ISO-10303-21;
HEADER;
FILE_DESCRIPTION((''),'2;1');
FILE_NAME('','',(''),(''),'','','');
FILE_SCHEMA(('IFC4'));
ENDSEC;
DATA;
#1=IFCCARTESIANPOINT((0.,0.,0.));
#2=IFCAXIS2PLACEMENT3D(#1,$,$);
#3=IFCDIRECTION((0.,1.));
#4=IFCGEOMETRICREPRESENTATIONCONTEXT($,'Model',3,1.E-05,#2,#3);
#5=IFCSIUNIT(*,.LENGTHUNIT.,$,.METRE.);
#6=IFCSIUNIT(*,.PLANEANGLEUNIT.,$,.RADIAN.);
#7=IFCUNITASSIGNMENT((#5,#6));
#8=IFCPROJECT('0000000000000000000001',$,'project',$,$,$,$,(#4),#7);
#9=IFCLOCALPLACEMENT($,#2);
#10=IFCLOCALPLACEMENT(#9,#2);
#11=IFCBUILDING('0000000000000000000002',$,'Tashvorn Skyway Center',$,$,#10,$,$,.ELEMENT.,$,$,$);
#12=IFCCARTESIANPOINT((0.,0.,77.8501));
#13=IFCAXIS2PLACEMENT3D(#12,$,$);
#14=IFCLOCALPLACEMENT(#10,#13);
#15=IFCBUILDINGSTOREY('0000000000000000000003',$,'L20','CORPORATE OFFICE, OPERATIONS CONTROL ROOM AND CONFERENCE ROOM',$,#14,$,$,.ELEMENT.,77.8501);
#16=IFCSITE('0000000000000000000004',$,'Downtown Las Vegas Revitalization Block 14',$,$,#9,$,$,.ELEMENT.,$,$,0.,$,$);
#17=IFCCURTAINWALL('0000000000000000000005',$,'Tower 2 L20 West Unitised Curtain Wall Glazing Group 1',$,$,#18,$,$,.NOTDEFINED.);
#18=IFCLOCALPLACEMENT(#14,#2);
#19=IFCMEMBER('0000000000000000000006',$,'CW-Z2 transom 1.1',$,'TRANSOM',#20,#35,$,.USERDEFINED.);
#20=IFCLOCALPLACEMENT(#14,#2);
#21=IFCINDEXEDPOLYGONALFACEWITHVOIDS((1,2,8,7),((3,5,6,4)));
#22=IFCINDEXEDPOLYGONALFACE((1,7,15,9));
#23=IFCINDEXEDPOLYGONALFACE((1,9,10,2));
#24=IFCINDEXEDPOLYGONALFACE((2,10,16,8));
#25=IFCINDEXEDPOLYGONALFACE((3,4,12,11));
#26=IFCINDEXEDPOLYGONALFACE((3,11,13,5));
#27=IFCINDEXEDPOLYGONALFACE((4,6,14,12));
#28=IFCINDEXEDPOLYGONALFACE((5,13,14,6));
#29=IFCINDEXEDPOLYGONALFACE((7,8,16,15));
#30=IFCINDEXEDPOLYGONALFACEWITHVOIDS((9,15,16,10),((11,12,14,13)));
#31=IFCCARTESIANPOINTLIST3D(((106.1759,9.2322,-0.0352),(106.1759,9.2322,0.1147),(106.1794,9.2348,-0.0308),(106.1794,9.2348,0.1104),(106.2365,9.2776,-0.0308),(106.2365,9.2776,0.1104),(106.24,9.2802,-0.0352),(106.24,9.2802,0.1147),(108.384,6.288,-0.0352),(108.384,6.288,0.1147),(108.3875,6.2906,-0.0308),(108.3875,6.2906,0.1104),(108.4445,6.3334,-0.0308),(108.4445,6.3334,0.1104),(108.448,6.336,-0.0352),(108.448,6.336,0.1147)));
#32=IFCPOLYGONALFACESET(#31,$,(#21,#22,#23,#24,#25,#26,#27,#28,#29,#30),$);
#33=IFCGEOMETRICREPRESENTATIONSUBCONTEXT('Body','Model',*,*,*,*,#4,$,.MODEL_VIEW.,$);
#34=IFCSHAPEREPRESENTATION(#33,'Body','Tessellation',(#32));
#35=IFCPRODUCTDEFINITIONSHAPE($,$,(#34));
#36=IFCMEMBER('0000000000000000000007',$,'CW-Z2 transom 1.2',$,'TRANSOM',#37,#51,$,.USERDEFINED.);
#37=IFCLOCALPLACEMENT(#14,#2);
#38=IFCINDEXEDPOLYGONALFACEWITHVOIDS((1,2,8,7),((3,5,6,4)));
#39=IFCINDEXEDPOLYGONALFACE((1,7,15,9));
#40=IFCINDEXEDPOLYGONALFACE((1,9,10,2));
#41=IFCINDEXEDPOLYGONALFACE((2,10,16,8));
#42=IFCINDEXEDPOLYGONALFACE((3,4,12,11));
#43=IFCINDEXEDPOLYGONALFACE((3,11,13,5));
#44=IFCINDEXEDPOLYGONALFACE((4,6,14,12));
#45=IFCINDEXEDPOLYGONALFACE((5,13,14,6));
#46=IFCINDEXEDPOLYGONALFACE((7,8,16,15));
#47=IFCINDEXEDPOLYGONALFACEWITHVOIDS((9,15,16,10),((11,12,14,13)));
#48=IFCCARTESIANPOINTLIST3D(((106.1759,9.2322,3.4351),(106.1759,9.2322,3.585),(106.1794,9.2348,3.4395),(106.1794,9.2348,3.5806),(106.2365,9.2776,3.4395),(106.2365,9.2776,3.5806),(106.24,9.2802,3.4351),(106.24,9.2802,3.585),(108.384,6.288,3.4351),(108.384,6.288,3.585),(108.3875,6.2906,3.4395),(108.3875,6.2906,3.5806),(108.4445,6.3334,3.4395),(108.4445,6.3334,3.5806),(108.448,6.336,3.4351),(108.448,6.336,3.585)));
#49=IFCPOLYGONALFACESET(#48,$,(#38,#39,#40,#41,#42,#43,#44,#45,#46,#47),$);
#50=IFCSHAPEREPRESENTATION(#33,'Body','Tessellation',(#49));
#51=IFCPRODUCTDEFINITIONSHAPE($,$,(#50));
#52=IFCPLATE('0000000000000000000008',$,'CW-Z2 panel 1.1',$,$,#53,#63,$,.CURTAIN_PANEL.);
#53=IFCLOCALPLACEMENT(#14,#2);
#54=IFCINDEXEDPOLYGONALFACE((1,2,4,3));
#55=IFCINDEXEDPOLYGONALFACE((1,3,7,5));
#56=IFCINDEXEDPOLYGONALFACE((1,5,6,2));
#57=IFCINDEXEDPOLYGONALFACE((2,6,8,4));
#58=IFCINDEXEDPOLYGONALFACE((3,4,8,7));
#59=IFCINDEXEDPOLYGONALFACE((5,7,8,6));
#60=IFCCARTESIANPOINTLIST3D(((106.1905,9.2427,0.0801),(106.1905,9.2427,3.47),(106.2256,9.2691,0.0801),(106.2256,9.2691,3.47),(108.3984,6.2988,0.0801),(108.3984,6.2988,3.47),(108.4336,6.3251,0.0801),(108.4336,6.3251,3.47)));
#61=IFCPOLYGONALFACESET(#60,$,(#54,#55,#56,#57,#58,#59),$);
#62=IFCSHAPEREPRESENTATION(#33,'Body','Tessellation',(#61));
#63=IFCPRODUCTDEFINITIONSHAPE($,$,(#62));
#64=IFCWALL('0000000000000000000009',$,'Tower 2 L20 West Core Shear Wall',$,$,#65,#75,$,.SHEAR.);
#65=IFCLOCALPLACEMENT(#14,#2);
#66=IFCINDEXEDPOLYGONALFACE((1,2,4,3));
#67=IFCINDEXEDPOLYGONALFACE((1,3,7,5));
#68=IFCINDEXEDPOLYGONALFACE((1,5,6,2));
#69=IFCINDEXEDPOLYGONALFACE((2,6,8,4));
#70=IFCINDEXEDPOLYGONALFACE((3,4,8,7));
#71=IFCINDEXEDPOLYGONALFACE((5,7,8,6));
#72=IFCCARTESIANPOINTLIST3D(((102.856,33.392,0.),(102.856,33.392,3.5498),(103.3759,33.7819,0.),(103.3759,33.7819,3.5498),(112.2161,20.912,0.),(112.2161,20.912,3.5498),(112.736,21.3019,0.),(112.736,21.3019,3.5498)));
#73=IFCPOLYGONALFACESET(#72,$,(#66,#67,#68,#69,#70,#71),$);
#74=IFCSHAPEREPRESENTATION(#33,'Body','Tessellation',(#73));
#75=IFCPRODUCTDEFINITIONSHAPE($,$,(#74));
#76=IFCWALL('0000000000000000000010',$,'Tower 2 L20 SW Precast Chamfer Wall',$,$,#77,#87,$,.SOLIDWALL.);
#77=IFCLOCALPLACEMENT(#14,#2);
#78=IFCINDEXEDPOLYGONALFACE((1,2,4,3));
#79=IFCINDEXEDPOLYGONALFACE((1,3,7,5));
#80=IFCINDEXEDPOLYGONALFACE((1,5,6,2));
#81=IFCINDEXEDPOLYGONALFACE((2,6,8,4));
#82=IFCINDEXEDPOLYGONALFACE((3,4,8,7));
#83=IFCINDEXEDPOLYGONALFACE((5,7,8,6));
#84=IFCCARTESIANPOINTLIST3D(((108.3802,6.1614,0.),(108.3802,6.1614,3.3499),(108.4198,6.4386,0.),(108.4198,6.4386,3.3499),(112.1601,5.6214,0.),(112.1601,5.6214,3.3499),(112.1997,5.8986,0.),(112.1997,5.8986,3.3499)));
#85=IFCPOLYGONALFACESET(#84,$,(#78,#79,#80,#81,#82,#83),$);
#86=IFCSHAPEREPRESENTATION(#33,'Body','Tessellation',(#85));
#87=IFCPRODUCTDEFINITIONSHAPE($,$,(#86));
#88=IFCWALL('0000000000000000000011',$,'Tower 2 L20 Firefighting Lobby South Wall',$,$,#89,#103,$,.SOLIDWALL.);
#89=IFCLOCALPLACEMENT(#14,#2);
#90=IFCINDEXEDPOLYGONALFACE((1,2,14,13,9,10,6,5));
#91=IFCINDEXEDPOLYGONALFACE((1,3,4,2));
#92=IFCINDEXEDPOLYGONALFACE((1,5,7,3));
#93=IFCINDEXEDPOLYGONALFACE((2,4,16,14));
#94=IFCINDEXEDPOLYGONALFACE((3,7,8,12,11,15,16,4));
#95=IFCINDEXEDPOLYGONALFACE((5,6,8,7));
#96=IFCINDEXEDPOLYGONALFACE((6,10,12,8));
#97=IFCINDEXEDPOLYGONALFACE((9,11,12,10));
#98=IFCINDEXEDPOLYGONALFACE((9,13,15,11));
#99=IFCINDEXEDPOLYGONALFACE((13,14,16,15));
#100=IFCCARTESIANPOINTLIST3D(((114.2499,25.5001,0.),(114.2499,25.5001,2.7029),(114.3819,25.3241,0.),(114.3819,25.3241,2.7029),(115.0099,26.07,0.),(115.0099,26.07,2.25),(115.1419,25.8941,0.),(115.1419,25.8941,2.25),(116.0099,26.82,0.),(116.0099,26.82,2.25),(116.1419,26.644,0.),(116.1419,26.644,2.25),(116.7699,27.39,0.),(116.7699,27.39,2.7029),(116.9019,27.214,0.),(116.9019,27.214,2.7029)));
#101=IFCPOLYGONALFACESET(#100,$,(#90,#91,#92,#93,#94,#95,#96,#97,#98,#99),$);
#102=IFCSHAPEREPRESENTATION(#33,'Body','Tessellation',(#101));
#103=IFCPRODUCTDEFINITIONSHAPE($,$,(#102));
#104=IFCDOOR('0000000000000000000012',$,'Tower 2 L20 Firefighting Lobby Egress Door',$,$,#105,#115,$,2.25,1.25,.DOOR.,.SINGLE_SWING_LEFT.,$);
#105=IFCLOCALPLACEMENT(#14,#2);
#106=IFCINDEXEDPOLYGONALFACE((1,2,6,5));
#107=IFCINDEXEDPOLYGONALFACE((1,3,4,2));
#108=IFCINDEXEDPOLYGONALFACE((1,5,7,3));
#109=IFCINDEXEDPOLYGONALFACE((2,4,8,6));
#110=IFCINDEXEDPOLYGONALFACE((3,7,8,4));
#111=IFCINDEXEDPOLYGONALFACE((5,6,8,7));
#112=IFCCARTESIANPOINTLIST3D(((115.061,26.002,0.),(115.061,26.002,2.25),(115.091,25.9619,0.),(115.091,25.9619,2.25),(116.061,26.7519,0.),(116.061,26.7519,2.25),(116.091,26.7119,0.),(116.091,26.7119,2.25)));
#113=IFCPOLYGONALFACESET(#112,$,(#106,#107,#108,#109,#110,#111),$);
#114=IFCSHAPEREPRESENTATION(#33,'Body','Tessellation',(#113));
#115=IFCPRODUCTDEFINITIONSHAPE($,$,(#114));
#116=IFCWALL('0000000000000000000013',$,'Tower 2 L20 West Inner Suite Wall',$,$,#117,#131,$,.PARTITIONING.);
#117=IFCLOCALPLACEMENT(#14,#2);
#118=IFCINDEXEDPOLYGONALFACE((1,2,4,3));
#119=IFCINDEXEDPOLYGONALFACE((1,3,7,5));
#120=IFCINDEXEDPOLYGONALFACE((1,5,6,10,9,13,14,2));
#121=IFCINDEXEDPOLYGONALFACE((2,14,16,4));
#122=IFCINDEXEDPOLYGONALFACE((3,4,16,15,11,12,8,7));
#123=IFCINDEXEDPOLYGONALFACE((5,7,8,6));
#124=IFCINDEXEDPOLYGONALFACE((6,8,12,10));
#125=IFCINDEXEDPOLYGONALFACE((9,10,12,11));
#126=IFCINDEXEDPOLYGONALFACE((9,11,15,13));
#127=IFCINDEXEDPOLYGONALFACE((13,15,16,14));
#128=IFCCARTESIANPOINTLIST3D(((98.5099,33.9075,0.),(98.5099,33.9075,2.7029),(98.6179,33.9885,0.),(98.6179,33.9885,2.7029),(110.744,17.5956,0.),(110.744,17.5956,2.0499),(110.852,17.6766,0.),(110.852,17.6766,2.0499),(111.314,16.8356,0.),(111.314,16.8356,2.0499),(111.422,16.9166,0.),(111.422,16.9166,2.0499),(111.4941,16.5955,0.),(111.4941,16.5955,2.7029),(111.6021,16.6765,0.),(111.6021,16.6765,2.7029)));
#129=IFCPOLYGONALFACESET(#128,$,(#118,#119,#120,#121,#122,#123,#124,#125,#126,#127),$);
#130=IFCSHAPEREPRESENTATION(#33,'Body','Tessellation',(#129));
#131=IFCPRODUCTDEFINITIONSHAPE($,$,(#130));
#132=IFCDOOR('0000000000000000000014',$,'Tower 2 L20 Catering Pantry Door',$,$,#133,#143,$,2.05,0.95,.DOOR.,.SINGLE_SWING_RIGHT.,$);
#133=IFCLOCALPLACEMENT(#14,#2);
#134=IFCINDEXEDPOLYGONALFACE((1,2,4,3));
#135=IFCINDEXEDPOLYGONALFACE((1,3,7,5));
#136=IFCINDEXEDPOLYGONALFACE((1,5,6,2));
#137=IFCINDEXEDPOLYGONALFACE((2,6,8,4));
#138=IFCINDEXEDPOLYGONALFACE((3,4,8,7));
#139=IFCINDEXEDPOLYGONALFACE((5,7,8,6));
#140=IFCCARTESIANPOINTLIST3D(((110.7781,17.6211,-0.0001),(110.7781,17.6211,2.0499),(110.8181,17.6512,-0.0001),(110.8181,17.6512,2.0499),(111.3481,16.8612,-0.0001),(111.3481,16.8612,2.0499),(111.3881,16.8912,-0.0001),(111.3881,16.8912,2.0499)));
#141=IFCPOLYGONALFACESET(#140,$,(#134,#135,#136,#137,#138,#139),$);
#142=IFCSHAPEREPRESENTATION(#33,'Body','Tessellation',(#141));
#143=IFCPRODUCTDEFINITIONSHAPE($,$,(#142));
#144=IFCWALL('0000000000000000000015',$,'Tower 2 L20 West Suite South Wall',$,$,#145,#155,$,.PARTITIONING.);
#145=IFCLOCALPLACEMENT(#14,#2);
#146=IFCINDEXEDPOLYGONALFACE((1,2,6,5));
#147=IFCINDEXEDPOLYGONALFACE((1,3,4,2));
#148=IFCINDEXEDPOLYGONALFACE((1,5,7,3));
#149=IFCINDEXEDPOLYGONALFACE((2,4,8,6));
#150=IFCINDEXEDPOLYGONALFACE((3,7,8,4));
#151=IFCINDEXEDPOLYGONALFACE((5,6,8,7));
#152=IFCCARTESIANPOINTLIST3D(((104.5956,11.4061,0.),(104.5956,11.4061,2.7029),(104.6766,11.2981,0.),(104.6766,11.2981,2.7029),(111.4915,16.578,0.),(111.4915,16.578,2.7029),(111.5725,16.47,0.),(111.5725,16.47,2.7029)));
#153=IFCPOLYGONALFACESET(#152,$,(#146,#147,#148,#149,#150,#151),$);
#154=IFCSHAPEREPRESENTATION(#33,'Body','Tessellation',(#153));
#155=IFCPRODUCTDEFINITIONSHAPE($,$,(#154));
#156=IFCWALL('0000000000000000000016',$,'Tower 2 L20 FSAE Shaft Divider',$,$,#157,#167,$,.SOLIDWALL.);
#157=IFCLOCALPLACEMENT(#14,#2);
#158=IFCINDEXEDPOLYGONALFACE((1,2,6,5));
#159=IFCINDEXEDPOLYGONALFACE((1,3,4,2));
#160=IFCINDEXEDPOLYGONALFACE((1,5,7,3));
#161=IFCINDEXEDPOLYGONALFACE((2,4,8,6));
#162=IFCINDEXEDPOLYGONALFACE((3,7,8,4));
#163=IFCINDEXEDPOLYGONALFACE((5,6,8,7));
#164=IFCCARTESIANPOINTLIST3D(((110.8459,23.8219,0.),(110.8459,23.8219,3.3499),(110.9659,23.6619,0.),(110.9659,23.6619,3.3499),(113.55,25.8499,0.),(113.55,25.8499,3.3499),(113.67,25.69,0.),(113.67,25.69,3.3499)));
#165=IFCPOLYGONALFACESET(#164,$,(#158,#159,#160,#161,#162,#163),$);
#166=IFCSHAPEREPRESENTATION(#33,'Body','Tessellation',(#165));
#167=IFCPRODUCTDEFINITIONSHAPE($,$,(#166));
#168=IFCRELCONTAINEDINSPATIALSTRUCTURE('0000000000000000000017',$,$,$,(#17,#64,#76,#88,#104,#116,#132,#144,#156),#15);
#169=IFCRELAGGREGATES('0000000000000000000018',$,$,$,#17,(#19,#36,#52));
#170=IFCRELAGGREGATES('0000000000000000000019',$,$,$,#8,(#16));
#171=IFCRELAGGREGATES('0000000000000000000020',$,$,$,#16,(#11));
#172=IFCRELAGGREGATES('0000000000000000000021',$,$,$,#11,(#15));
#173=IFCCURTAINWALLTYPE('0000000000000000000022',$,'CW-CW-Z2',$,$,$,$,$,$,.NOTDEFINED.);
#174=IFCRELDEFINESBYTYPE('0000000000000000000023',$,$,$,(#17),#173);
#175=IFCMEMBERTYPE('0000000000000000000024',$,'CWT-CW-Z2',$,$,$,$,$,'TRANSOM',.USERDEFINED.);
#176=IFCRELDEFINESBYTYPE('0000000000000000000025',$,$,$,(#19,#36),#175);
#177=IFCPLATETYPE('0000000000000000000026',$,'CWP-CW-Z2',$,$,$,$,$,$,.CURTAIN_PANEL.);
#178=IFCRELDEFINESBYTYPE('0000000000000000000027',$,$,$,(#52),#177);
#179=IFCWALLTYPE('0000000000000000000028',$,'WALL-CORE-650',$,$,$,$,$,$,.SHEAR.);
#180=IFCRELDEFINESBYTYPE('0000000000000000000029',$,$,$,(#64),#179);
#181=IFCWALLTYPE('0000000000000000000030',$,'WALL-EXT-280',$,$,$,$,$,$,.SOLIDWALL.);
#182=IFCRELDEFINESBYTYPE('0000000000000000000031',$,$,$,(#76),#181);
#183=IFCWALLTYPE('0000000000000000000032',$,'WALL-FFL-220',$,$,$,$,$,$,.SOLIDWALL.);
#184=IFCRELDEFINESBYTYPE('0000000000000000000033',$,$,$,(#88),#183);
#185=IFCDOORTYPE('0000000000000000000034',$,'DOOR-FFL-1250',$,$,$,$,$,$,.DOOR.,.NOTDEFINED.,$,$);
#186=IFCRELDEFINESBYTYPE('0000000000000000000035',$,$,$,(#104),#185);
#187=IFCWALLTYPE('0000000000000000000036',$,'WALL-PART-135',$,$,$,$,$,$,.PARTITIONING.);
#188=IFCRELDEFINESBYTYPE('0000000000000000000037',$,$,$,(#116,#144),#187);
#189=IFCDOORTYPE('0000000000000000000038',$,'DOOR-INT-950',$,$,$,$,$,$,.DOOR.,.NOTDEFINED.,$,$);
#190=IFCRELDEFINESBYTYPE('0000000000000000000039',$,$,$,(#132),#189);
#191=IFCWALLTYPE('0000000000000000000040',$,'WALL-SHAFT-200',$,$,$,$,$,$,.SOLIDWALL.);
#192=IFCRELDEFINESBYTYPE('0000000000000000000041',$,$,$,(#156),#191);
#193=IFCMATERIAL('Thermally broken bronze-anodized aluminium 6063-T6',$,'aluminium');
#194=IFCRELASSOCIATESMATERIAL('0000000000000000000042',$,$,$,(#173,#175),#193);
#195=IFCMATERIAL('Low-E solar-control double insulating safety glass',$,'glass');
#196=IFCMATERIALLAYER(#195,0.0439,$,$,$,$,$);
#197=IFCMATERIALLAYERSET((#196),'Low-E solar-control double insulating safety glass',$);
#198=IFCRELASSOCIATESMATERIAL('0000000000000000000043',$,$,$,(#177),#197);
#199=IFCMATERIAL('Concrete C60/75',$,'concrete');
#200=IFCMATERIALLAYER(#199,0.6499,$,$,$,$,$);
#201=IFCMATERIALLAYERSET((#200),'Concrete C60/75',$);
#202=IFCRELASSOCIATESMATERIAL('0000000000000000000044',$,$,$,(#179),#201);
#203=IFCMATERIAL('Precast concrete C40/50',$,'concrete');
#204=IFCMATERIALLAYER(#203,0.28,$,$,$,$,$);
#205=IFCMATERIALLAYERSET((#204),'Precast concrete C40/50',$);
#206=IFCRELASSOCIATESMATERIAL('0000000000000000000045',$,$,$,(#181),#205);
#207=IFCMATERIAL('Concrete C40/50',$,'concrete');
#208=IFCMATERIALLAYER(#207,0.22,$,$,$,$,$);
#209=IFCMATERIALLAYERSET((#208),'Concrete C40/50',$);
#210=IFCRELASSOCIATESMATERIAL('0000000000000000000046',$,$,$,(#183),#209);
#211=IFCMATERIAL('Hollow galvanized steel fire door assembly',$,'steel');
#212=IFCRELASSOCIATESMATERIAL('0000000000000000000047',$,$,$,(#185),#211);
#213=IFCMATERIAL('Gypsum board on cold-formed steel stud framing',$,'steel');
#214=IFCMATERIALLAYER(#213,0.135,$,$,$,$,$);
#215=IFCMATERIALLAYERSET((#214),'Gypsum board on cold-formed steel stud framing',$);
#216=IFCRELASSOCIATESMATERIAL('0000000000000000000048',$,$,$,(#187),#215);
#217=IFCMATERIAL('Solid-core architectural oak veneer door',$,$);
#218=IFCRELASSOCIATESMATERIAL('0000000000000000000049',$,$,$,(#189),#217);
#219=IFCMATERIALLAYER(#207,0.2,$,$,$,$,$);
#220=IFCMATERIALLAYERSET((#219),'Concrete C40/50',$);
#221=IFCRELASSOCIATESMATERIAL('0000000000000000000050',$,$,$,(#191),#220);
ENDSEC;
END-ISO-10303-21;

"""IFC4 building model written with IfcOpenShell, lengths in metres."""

from ifc_helpers import new_model, si_unit, direction, frame, frame_2d, origin, origin_2d, place, context, subcontext, project, spatial, rectangle, hollow_rectangle, extrude, material, layer, layer_set, material_profile, profile_set, type_object, element, fill, aggregate, save


model = new_model("IFC4")

# Units and contexts
model_context = context("Model", 3, precision=1e-05, world=origin(), true_north=direction((0.0, 1.0)))
body_context = subcontext(model_context, "Body", "Model", "MODEL_VIEW")
ifc_project = project(units=[si_unit("LENGTHUNIT", "METRE"), si_unit("PLANEANGLEUNIT", "RADIAN")], contexts=[model_context])

# Site, building, storey
site_placement = place(None, origin())
site = spatial("IfcSite", under=ifc_project, at=site_placement, Name="Downtown Las Vegas Revitalization Block 14", CompositionType="ELEMENT", RefElevation=0.0)
building_placement = place(site_placement, origin())
building = spatial("IfcBuilding", under=site, at=building_placement, Name="Tashvorn Skyway Center", CompositionType="ELEMENT")
storey_placement = place(building_placement, frame((0.0, 0.0, 77.8501)))
storey = spatial("IfcBuildingStorey", under=building, at=storey_placement, Name="L20", Description="CORPORATE OFFICE, OPERATIONS CONTROL ROOM AND CONFERENCE ROOM", CompositionType="ELEMENT", Elevation=77.8501)

# Shared definitions
ifc_material_1 = material(Name="Concrete C60/75", Category="concrete")

# Curtain wall, members, plate
ifc_material_2 = material(Name="Thermally broken bronze-anodized aluminium 6063-T6", Category="aluminium")
curtain_wall_type = type_object("IfcCurtainWallType", Name="CW-CW-Z2", PredefinedType="NOTDEFINED", material=ifc_material_2)
curtain_wall_placement = place(storey_placement, origin())
curtain_wall = element("IfcCurtainWall", 1, at=curtain_wall_placement, inside=storey, type_object=curtain_wall_type, Name="Tower 2 L20 West Unitised Curtain Wall Glazing Group 1", PredefinedType="NOTDEFINED")
ifc_material_profile_1 = material_profile(ifc_material_2, hollow_rectangle(XDim=0.0801, YDim=0.1499, WallThickness=0.0044, at=origin_2d()), Name="ALU-TRAN-80x150")
ifc_profile_set_1 = profile_set([ifc_material_profile_1], Name="Thermally broken bronze-anodized aluminium 6063-T6")
member_type_1 = type_object("IfcMemberType", Name="CWT-CW-Z2", ElementType="TRANSOM", PredefinedType="USERDEFINED", material=ifc_profile_set_1)
member_1_placement = place(storey_placement, frame((108.416, 6.312, 0.0398), z_axis=(-0.599989, 0.800008, 0.0), x_axis=(-0.800008, -0.599989, 0.0)))
member_1 = element("IfcMember", 2, at=member_1_placement, type_object=member_type_1, Name="CW-Z2 transom 1.1", ObjectType="TRANSOM", PredefinedType="USERDEFINED", context=body_context, shape_type="SweptSolid", body=[
    extrude(hollow_rectangle(XDim=0.0801, YDim=0.1499, WallThickness=0.0044, at=origin_2d()), origin(), (0.0, 0.0, 1.0), 3.6802),
])
member_2_placement = place(storey_placement, frame((108.416, 6.312, 3.51), z_axis=(-0.599989, 0.800008, 0.0), x_axis=(-0.800008, -0.599989, 0.0)))
member_2 = element("IfcMember", 3, at=member_2_placement, type_object=member_type_1, Name="CW-Z2 transom 1.2", ObjectType="TRANSOM", PredefinedType="USERDEFINED", context=body_context, shape_type="SweptSolid", body=[
    extrude(hollow_rectangle(XDim=0.0801, YDim=0.1499, WallThickness=0.0044, at=origin_2d()), origin(), (0.0, 0.0, 1.0), 3.6802),
])
ifc_material_3 = material(Name="Low-E solar-control double insulating safety glass", Category="glass")
ifc_layer_1 = layer(ifc_material_3, 0.0439)
ifc_layer_set_1 = layer_set([ifc_layer_1], Name="Low-E solar-control double insulating safety glass")
plate_type = type_object("IfcPlateType", Name="CWP-CW-Z2", PredefinedType="CURTAIN_PANEL", material=ifc_layer_set_1)
plate_placement = place(storey_placement, frame((107.312, 7.7839, 0.0801), z_axis=(0.0, 0.0, 1.0), x_axis=(-0.6, 0.8, 0.0)))
plate = element("IfcPlate", 4, at=plate_placement, type_object=plate_type, Name="CW-Z2 panel 1.1", PredefinedType="CURTAIN_PANEL", context=body_context, shape_type="SweptSolid", body=[
    extrude(rectangle(XDim=3.6799, YDim=0.0439, at=origin_2d()), origin(), (0.0, 0.0, 1.0), 3.3899),
])
aggregate(curtain_wall, [member_1, member_2, plate])

# Walls
ifc_layer_2 = layer(ifc_material_1, 0.6499)
ifc_layer_set_2 = layer_set([ifc_layer_2], Name="Concrete C60/75")
wall_type_1 = type_object("IfcWallType", Name="WALL-CORE-650", PredefinedType="SHEAR", material=ifc_layer_set_2)
wall_1_placement = place(storey_placement, frame((112.4761, 21.1069, 0.0), z_axis=(0.0, 0.0, 1.0), x_axis=(-0.600005, 0.799996, 0.0)))
element("IfcWall", 5, at=wall_1_placement, inside=storey, type_object=wall_type_1, Name="Tower 2 L20 West Core Shear Wall", PredefinedType="SHEAR", context=body_context, shape_type="SweptSolid", body=[
    extrude(rectangle(XDim=15.6001, YDim=0.6499, at=frame_2d((7.8, 0.0))), origin(), (0.0, 0.0, 1.0), 3.5498),
])
ifc_material_4 = material(Name="Precast concrete C40/50", Category="concrete")
ifc_layer_3 = layer(ifc_material_4, 0.28)
ifc_layer_set_3 = layer_set([ifc_layer_3], Name="Precast concrete C40/50")
wall_type_2 = type_object("IfcWallType", Name="WALL-EXT-280", PredefinedType="SOLIDWALL", material=ifc_layer_set_3)
wall_2_placement = place(storey_placement, frame((112.1799, 5.76, 0.0), z_axis=(0.0, 0.0, 1.0), x_axis=(-0.989948, 0.14143, 0.0)))
element("IfcWall", 6, at=wall_2_placement, inside=storey, type_object=wall_type_2, Name="Tower 2 L20 SW Precast Chamfer Wall", PredefinedType="SOLIDWALL", context=body_context, shape_type="SweptSolid", body=[
    extrude(rectangle(XDim=3.8184, YDim=0.28, at=frame_2d((1.9092, 0.0))), origin(), (0.0, 0.0, 1.0), 3.3499),
])

# Walls, openings, doors
ifc_material_5 = material(Name="Concrete C40/50", Category="concrete")
ifc_layer_4 = layer(ifc_material_5, 0.22)
ifc_layer_set_4 = layer_set([ifc_layer_4], Name="Concrete C40/50")
wall_type_3 = type_object("IfcWallType", Name="WALL-FFL-220", PredefinedType="SOLIDWALL", material=ifc_layer_set_4)
wall_3_placement = place(storey_placement, frame((114.3159, 25.4121, 0.0), z_axis=(0.0, 0.0, 1.0), x_axis=(0.800019, 0.599975, 0.0)))
wall_3 = element("IfcWall", 7, at=wall_3_placement, inside=storey, type_object=wall_type_3, Name="Tower 2 L20 Firefighting Lobby South Wall", PredefinedType="SOLIDWALL", context=body_context, shape_type="SweptSolid", body=[
    extrude(rectangle(XDim=3.1499, YDim=0.22, at=frame_2d((1.575, 0.0))), origin(), (0.0, 0.0, 1.0), 2.7029),
])
opening_1_placement = place(wall_3_placement, frame((0.95, 0.0, 0.0)))
opening_1 = element("IfcOpeningElement", 8, at=opening_1_placement, cuts=wall_3, PredefinedType="OPENING", context=body_context, shape_type="SweptSolid", body=[
    extrude(rectangle(XDim=1.25, YDim=2.25, at=frame_2d((0.625, 1.125))), frame((0.0, 0.1199, 0.0), z_axis=(0.0, -1.0, 0.0), x_axis=(1.0, 0.0, 0.0)), (0.0, 0.0, 1.0), 0.24),
])
ifc_material_6 = material(Name="Hollow galvanized steel fire door assembly", Category="steel")
door_type_1 = type_object("IfcDoorType", Name="DOOR-FFL-1250", OperationType="NOTDEFINED", PredefinedType="DOOR", material=ifc_material_6)
door_1_placement = place(opening_1_placement, origin())
door_1 = element("IfcDoor", 9, at=door_1_placement, inside=storey, type_object=door_type_1, Name="Tower 2 L20 Firefighting Lobby Egress Door", OperationType="SINGLE_SWING_LEFT", OverallHeight=2.25, OverallWidth=1.25, PredefinedType="DOOR", context=body_context, shape_type="SweptSolid", body=[
    extrude(rectangle(XDim=1.25, YDim=2.25, at=frame_2d((0.625, 1.125))), frame((0.0, 0.0249, 0.0), z_axis=(0.0, -1.0, 0.0), x_axis=(1.0, 0.0, 0.0)), (0.0, 0.0, 1.0), 0.05),
])
fill(opening_1, door_1)
ifc_material_7 = material(Name="Gypsum board on cold-formed steel stud framing", Category="steel")
ifc_layer_5 = layer(ifc_material_7, 0.135)
ifc_layer_set_5 = layer_set([ifc_layer_5], Name="Gypsum board on cold-formed steel stud framing")
wall_type_4 = type_object("IfcWallType", Name="WALL-PART-135", PredefinedType="PARTITIONING", material=ifc_layer_set_5)
wall_4_placement = place(storey_placement, frame((111.5481, 16.636, 0.0), z_axis=(0.0, 0.0, 1.0), x_axis=(-0.600004, 0.799997, 0.0)))
wall_4 = element("IfcWall", 10, at=wall_4_placement, inside=storey, type_object=wall_type_4, Name="Tower 2 L20 West Inner Suite Wall", PredefinedType="PARTITIONING", context=body_context, shape_type="SweptSolid", body=[
    extrude(rectangle(XDim=21.6401, YDim=0.135, at=frame_2d((10.8201, 0.0))), origin(), (0.0, 0.0, 1.0), 2.7029),
])
opening_2_placement = place(wall_4_placement, frame((0.3, 0.0, 0.0)))
opening_2 = element("IfcOpeningElement", 11, at=opening_2_placement, cuts=wall_4, PredefinedType="OPENING", context=body_context, shape_type="SweptSolid", body=[
    extrude(rectangle(XDim=0.95, YDim=2.05, at=frame_2d((0.4751, 1.0249))), frame((0.0, 0.0774, 0.0), z_axis=(0.0, -1.0, 0.0), x_axis=(1.0, 0.0, 0.0)), (0.0, 0.0, 1.0), 0.155),
])
ifc_material_8 = material(Name="Solid-core architectural oak veneer door")
door_type_2 = type_object("IfcDoorType", Name="DOOR-INT-950", OperationType="NOTDEFINED", PredefinedType="DOOR", material=ifc_material_8)
door_2_placement = place(opening_2_placement, origin())
door_2 = element("IfcDoor", 12, at=door_2_placement, inside=storey, type_object=door_type_2, Name="Tower 2 L20 Catering Pantry Door", OperationType="SINGLE_SWING_RIGHT", OverallHeight=2.05, OverallWidth=0.95, PredefinedType="DOOR", context=body_context, shape_type="SweptSolid", body=[
    extrude(rectangle(XDim=0.95, YDim=2.05, at=frame_2d((0.4751, 1.0249))), frame((0.0, 0.0249, 0.0), z_axis=(0.0, -1.0, 0.0), x_axis=(1.0, 0.0, 0.0)), (0.0, 0.0, 1.0), 0.05),
])
fill(opening_2, door_2)

# Walls
wall_5_placement = place(storey_placement, frame((104.636, 11.3521, 0.0), z_axis=(0.0, 0.0, 1.0), x_axis=(0.800007, 0.599991, 0.0)))
element("IfcWall", 13, at=wall_5_placement, inside=storey, type_object=wall_type_4, Name="Tower 2 L20 West Suite South Wall", PredefinedType="PARTITIONING", context=body_context, shape_type="SweptSolid", body=[
    extrude(rectangle(XDim=8.6199, YDim=0.135, at=frame_2d((4.3101, 0.0))), origin(), (0.0, 0.0, 1.0), 2.7029),
])
ifc_layer_6 = layer(ifc_material_5, 0.2)
ifc_layer_set_6 = layer_set([ifc_layer_6], Name="Concrete C40/50")
wall_type_5 = type_object("IfcWallType", Name="WALL-SHAFT-200", PredefinedType="SOLIDWALL", material=ifc_layer_set_6)
for number, where, z_axis, x_axis, name in (
    (14, (110.906, 23.7419, 0.0), (0.0, 0.0, 1.0), (0.8, 0.6, 0.0), "Tower 2 L20 FSAE Shaft Divider"),
):
    element("IfcWall", number, at=place(storey_placement, frame(where, z_axis=z_axis, x_axis=x_axis)), inside=storey, type_object=wall_type_5, Name=name, PredefinedType="SOLIDWALL", context=body_context, shape_type="SweptSolid", body=[
        extrude(rectangle(XDim=3.3801, YDim=0.2, at=frame_2d((1.6899, 0.0))), origin(), (0.0, 0.0, 1.0), 3.3499),
    ])

save(model, "model.ifc")
